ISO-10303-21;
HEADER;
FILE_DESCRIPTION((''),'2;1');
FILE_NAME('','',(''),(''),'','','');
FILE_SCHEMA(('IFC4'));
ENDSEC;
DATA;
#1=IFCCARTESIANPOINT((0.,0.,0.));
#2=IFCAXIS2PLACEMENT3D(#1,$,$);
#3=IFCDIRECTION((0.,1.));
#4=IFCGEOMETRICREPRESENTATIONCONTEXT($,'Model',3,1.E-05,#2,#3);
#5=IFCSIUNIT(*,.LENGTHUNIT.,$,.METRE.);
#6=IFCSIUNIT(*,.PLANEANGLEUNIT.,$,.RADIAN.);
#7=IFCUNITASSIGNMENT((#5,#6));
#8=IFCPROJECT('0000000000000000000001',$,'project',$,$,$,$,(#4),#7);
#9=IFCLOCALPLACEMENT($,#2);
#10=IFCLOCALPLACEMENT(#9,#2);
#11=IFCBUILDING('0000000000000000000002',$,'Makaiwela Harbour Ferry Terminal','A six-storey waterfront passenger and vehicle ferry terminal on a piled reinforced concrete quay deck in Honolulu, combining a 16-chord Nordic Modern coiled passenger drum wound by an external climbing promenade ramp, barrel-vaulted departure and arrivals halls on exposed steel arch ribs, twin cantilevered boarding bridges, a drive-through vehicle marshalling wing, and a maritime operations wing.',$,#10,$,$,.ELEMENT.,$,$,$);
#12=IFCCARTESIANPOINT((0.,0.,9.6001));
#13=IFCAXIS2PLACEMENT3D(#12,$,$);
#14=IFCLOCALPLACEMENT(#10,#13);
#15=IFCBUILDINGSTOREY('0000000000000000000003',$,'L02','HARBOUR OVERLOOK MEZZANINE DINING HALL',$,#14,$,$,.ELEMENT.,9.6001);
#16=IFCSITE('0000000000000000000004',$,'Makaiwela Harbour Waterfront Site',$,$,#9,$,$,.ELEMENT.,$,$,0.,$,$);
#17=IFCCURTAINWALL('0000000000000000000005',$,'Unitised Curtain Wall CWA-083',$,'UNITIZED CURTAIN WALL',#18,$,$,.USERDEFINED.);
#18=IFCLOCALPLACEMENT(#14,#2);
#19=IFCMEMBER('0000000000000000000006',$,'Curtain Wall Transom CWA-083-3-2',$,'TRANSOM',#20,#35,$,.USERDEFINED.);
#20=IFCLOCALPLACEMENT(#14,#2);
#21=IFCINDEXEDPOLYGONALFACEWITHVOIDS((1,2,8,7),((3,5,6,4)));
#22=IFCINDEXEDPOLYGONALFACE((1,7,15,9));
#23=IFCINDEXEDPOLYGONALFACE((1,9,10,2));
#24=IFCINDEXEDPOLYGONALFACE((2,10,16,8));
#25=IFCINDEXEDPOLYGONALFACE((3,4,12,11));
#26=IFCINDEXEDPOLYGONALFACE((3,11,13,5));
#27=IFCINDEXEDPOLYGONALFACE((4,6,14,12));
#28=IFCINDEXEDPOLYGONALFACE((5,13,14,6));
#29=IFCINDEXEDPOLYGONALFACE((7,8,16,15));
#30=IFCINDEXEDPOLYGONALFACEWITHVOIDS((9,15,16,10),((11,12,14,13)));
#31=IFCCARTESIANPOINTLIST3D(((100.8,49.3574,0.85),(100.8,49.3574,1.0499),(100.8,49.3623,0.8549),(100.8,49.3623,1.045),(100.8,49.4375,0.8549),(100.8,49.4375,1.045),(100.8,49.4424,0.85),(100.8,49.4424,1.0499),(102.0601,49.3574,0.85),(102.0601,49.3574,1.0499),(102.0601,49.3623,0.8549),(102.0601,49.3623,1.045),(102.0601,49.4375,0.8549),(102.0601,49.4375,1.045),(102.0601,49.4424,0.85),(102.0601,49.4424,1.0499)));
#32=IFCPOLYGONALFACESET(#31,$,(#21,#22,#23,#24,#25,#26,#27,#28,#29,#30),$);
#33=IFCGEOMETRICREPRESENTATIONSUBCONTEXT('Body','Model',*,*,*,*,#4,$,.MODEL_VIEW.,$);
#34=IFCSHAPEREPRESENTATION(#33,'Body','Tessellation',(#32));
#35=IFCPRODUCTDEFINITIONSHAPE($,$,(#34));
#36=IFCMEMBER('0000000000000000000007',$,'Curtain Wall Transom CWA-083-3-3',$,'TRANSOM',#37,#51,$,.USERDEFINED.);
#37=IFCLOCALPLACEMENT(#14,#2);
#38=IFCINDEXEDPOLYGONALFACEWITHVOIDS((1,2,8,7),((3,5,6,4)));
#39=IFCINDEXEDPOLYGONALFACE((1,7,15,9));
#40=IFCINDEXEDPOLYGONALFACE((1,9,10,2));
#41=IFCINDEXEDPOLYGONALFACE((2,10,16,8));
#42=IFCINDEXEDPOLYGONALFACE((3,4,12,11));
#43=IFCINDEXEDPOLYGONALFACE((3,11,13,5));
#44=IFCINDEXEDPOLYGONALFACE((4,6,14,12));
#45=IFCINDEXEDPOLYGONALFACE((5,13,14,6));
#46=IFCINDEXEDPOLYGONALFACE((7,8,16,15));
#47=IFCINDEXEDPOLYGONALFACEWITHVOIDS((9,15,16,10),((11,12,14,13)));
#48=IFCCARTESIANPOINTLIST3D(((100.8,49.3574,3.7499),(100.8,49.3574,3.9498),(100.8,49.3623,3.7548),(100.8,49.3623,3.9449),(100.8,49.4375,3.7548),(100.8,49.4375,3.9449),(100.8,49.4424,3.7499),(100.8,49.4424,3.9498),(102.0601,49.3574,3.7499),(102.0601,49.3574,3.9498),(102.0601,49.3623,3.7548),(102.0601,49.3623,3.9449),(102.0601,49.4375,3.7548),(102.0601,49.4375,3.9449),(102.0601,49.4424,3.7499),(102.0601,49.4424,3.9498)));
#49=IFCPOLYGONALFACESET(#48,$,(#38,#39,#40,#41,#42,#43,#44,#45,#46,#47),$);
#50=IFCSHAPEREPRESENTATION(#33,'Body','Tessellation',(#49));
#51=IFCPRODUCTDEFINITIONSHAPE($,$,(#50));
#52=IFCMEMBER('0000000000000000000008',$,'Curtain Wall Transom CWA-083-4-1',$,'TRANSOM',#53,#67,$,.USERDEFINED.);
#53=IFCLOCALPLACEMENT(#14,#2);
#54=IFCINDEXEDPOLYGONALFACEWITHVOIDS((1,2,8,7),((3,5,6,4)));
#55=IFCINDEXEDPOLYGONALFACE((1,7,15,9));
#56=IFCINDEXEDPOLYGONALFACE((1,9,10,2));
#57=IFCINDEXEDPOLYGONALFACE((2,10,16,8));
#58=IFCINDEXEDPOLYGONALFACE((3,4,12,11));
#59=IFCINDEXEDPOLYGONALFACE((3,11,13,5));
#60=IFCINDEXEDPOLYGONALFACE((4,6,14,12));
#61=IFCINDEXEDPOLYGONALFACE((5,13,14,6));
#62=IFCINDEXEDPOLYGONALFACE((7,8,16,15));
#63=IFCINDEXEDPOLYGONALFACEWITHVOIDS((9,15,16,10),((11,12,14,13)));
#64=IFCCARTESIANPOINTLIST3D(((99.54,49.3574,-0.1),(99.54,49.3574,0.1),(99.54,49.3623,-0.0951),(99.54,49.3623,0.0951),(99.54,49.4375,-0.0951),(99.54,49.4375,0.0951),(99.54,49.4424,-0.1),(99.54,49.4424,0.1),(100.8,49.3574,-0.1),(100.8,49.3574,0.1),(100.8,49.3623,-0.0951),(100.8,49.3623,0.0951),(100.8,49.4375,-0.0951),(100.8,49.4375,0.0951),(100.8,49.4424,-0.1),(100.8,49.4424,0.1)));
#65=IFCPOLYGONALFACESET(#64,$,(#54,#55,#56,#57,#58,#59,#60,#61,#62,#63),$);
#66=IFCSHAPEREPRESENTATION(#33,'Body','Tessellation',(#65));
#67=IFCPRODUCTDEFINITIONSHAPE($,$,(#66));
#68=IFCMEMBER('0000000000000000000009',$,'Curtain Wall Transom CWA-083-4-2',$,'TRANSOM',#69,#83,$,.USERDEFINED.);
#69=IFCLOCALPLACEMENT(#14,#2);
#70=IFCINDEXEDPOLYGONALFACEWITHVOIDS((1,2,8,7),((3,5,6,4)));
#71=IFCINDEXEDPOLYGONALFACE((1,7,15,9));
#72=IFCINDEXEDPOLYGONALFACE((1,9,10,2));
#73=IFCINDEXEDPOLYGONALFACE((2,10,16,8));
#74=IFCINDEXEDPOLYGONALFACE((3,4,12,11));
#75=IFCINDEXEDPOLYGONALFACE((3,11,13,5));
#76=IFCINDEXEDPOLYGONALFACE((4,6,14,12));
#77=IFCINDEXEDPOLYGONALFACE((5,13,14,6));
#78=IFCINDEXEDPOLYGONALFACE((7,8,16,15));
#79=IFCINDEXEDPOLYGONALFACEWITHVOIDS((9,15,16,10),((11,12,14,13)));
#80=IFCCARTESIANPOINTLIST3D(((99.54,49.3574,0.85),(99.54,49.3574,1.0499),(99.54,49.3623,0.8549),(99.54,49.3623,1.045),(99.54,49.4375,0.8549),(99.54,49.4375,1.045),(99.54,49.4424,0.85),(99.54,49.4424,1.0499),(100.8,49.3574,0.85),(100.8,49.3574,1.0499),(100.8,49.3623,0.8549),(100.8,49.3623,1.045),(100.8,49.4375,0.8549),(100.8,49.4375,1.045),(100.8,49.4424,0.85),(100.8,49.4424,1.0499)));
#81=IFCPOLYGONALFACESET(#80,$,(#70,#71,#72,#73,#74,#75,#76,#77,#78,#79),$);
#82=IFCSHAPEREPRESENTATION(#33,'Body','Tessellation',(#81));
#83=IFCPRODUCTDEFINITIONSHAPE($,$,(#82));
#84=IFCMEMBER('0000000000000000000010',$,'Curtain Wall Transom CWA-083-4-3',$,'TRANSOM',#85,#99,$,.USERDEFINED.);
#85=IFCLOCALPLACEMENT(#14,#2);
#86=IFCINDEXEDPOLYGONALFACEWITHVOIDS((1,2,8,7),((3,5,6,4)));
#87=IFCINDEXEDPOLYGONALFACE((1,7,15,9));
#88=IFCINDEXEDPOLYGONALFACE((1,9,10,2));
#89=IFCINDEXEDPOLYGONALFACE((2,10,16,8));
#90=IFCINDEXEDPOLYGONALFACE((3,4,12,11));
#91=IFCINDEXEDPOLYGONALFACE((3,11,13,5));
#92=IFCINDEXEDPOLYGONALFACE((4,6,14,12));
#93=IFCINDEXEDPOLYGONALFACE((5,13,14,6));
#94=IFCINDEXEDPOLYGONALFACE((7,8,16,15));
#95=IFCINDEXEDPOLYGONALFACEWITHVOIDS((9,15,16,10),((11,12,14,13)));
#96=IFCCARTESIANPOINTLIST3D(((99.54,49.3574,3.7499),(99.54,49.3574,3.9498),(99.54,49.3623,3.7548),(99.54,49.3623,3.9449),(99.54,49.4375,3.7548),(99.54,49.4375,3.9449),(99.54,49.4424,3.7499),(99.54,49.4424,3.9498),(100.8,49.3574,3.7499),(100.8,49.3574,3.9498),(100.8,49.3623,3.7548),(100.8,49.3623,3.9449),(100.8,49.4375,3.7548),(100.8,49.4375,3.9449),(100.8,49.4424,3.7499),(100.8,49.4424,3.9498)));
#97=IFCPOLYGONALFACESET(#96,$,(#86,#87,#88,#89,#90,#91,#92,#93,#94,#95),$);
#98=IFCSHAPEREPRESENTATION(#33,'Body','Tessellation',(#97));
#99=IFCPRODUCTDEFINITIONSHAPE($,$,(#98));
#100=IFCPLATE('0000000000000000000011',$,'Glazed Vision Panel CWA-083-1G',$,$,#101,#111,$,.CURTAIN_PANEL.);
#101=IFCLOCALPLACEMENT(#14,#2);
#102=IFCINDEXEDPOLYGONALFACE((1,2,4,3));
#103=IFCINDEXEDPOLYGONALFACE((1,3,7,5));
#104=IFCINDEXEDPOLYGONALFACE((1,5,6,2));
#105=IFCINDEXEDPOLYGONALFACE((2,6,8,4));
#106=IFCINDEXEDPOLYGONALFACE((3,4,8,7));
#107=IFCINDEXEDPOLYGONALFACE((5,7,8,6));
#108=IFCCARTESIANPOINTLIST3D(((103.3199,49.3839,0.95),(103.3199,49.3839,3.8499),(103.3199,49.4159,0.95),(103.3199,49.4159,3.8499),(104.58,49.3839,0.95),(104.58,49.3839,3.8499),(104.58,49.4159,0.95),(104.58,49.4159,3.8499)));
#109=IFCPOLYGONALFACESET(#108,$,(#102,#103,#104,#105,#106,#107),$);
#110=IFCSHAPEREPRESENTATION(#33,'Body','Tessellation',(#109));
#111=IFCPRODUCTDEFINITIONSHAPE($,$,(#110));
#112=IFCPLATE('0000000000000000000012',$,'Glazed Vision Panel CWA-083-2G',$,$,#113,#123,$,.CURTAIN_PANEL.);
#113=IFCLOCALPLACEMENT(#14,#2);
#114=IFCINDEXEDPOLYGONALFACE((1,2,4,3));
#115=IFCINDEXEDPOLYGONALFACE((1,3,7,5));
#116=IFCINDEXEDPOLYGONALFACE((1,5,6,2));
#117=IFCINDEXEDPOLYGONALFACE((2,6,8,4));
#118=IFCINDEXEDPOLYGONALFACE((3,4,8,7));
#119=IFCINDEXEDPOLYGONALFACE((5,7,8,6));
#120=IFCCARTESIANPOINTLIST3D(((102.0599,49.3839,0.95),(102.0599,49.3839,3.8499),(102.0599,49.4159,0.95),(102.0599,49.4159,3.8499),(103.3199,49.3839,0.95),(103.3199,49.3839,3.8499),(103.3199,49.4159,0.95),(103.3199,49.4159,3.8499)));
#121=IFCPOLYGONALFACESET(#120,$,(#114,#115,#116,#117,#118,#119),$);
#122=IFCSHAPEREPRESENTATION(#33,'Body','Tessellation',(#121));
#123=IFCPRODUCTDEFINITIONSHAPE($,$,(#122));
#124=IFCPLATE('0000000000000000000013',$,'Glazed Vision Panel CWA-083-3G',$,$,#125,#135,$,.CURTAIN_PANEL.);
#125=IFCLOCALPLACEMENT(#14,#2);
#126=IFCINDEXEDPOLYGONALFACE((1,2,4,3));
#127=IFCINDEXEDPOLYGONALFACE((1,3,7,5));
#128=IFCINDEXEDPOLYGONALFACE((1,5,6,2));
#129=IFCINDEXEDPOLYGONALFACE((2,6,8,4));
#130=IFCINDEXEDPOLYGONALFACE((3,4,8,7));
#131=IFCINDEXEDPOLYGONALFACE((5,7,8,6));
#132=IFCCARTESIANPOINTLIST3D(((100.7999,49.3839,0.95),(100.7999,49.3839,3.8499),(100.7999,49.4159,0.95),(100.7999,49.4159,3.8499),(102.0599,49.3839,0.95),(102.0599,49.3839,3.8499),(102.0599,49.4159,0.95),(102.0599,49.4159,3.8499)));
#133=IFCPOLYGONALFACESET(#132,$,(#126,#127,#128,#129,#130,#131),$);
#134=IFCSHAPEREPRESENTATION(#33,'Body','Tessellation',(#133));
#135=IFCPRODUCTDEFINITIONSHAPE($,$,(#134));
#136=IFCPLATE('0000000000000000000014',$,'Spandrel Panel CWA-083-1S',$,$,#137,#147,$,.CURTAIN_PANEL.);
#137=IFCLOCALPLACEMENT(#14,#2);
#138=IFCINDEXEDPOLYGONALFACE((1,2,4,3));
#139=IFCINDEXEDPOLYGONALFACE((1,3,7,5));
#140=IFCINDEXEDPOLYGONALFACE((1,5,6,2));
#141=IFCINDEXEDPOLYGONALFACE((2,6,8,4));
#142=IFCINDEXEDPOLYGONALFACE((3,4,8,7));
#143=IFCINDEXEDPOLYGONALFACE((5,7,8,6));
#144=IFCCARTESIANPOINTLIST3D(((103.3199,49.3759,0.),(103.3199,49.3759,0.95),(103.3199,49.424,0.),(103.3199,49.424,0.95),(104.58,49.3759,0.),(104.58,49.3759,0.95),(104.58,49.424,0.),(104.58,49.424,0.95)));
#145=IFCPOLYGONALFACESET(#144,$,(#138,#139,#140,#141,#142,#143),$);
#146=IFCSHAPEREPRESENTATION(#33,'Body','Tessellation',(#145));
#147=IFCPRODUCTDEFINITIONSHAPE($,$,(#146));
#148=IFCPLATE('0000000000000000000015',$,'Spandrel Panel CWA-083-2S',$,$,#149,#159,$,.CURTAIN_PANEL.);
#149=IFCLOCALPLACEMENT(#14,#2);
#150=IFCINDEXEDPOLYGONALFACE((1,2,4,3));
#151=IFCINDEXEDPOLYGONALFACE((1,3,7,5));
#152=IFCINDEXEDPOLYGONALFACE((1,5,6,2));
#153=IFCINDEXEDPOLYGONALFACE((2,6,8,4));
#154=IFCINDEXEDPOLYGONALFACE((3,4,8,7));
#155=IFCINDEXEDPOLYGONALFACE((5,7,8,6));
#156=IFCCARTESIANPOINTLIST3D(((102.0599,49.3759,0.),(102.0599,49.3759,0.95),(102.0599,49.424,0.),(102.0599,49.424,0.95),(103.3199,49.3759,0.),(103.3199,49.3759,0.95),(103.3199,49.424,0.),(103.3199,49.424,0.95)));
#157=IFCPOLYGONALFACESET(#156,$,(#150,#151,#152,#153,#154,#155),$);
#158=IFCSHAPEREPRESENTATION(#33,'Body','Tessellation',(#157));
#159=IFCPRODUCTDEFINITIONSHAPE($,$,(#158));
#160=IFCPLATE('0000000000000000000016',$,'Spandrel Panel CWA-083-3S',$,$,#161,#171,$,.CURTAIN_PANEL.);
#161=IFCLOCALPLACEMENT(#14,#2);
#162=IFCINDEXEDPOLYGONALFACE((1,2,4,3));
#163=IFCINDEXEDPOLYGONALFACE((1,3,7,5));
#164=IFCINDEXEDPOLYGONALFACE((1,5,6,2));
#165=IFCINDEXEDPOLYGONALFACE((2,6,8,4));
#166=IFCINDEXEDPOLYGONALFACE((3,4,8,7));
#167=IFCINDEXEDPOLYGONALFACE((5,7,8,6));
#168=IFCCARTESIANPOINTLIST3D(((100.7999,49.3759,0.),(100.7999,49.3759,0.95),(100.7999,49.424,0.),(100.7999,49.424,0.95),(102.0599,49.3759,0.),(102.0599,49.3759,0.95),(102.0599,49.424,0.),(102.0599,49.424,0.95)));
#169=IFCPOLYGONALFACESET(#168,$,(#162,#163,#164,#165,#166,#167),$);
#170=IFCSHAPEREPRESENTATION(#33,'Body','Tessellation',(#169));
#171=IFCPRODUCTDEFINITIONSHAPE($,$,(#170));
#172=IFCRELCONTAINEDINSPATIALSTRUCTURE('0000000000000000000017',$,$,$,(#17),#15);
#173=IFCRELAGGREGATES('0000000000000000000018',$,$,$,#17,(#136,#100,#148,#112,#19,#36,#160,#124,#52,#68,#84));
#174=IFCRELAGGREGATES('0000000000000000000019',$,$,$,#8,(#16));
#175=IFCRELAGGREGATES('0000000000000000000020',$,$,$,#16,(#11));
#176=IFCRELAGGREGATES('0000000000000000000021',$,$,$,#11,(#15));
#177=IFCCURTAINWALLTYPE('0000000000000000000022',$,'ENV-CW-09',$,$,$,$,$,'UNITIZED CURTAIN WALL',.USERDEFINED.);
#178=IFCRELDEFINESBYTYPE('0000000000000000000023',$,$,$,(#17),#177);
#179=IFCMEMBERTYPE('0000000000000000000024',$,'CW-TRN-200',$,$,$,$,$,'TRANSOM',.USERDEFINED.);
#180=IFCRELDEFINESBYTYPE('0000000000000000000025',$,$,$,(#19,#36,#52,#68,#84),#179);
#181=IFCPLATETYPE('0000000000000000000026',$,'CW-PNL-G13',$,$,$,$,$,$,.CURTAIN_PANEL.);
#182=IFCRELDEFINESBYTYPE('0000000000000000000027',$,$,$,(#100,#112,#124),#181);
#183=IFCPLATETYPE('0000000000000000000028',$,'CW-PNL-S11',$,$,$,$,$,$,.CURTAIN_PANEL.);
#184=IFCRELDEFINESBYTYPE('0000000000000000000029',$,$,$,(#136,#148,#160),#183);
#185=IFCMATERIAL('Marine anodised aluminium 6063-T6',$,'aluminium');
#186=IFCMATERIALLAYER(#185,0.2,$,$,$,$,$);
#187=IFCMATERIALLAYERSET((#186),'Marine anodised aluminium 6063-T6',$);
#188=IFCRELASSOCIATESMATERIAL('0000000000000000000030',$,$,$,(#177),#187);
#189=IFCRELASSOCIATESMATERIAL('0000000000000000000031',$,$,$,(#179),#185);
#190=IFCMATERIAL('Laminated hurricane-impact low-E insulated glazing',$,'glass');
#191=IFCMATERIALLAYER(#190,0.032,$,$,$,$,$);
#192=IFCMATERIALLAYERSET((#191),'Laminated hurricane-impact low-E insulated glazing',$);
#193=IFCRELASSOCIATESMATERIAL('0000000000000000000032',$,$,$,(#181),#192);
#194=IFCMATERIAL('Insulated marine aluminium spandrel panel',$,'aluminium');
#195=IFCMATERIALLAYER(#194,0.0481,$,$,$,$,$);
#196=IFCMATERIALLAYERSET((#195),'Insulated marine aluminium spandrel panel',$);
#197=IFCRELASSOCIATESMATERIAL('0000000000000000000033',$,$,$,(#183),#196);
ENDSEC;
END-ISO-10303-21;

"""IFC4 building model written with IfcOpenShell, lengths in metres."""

from ifc_helpers import new_model, si_unit, direction, frame, origin, origin_2d, place, context, subcontext, project, spatial, rectangle, hollow_rectangle, extrude, material, layer, layer_set, material_profile, profile_set, type_object, element, aggregate, save


model = new_model("IFC4")

# Units and contexts
model_context = context("Model", 3, precision=1e-05, world=origin(), true_north=direction((0.0, 1.0)))
body_context = subcontext(model_context, "Body", "Model", "MODEL_VIEW")
ifc_project = project(units=[si_unit("LENGTHUNIT", "METRE"), si_unit("PLANEANGLEUNIT", "RADIAN")], contexts=[model_context])

# Site, building, storey
site_placement = place(None, origin())
site = spatial("IfcSite", under=ifc_project, at=site_placement, Name="Makaiwela Harbour Waterfront Site", CompositionType="ELEMENT", RefElevation=0.0)
building_placement = place(site_placement, origin())
building = spatial("IfcBuilding", under=site, at=building_placement, Name="Makaiwela Harbour Ferry Terminal", Description="A six-storey waterfront passenger and vehicle ferry terminal on a piled reinforced concrete quay deck in Honolulu, combining a 16-chord Nordic Modern coiled passenger drum wound by an external climbing promenade ramp, barrel-vaulted departure and arrivals halls on exposed steel arch ribs, twin cantilevered boarding bridges, a drive-through vehicle marshalling wing, and a maritime operations wing.", CompositionType="ELEMENT")
storey_placement = place(building_placement, frame((0.0, 0.0, 9.6001)))
storey = spatial("IfcBuildingStorey", under=building, at=storey_placement, Name="L02", Description="HARBOUR OVERLOOK MEZZANINE DINING HALL", CompositionType="ELEMENT", Elevation=9.6001)

# Curtain wall, members, plates
ifc_material_1 = material(Name="Marine anodised aluminium 6063-T6", Category="aluminium")
ifc_layer_1 = layer(ifc_material_1, 0.2)
ifc_layer_set_1 = layer_set([ifc_layer_1], Name="Marine anodised aluminium 6063-T6")
curtain_wall_type = type_object("IfcCurtainWallType", Name="ENV-CW-09", ElementType="UNITIZED CURTAIN WALL", PredefinedType="USERDEFINED", material=ifc_layer_set_1)
curtain_wall_placement = place(storey_placement, origin())
curtain_wall = element("IfcCurtainWall", 1, at=curtain_wall_placement, inside=storey, type_object=curtain_wall_type, Name="Unitised Curtain Wall CWA-083", ObjectType="UNITIZED CURTAIN WALL", PredefinedType="USERDEFINED")
ifc_material_profile_1 = material_profile(ifc_material_1, hollow_rectangle(XDim=0.085, YDim=0.2, WallThickness=0.0049, at=origin_2d()), Name="CWT-200X85")
ifc_profile_set_1 = profile_set([ifc_material_profile_1], Name="Marine anodised aluminium 6063-T6")
member_type_1 = type_object("IfcMemberType", Name="CW-TRN-200", ElementType="TRANSOM", PredefinedType="USERDEFINED", material=ifc_profile_set_1)
member_1_placement = place(storey_placement, frame((102.0601, 49.3999, 0.95), z_axis=(-1.0, 0.0, 0.0), x_axis=(0.0, -1.0, 0.0)))
member_1 = element("IfcMember", 2, at=member_1_placement, type_object=member_type_1, Name="Curtain Wall Transom CWA-083-3-2", ObjectType="TRANSOM", PredefinedType="USERDEFINED", context=body_context, shape_type="SweptSolid", body=[
    extrude(hollow_rectangle(XDim=0.085, YDim=0.2, WallThickness=0.0049, at=origin_2d()), origin(), (0.0, 0.0, 1.0), 1.26),
])
member_2_placement = place(storey_placement, frame((102.0601, 49.3999, 3.8499), z_axis=(-1.0, 0.0, 0.0), x_axis=(0.0, -1.0, 0.0)))
member_2 = element("IfcMember", 3, at=member_2_placement, type_object=member_type_1, Name="Curtain Wall Transom CWA-083-3-3", ObjectType="TRANSOM", PredefinedType="USERDEFINED", context=body_context, shape_type="SweptSolid", body=[
    extrude(hollow_rectangle(XDim=0.085, YDim=0.2, WallThickness=0.0049, at=origin_2d()), origin(), (0.0, 0.0, 1.0), 1.26),
])
member_3_placement = place(storey_placement, frame((100.8, 49.3999, 0.0), z_axis=(-1.0, 0.0, 0.0), x_axis=(0.0, -1.0, 0.0)))
member_3 = element("IfcMember", 4, at=member_3_placement, type_object=member_type_1, Name="Curtain Wall Transom CWA-083-4-1", ObjectType="TRANSOM", PredefinedType="USERDEFINED", context=body_context, shape_type="SweptSolid", body=[
    extrude(hollow_rectangle(XDim=0.085, YDim=0.2, WallThickness=0.0049, at=origin_2d()), origin(), (0.0, 0.0, 1.0), 1.26),
])
member_4_placement = place(storey_placement, frame((100.8, 49.3999, 0.95), z_axis=(-1.0, 0.0, 0.0), x_axis=(0.0, -1.0, 0.0)))
member_4 = element("IfcMember", 5, at=member_4_placement, type_object=member_type_1, Name="Curtain Wall Transom CWA-083-4-2", ObjectType="TRANSOM", PredefinedType="USERDEFINED", context=body_context, shape_type="SweptSolid", body=[
    extrude(hollow_rectangle(XDim=0.085, YDim=0.2, WallThickness=0.0049, at=origin_2d()), origin(), (0.0, 0.0, 1.0), 1.26),
])
member_5_placement = place(storey_placement, frame((100.8, 49.3999, 3.8499), z_axis=(-1.0, 0.0, 0.0), x_axis=(0.0, -1.0, 0.0)))
member_5 = element("IfcMember", 6, at=member_5_placement, type_object=member_type_1, Name="Curtain Wall Transom CWA-083-4-3", ObjectType="TRANSOM", PredefinedType="USERDEFINED", context=body_context, shape_type="SweptSolid", body=[
    extrude(hollow_rectangle(XDim=0.085, YDim=0.2, WallThickness=0.0049, at=origin_2d()), origin(), (0.0, 0.0, 1.0), 1.26),
])
ifc_material_2 = material(Name="Laminated hurricane-impact low-E insulated glazing", Category="glass")
ifc_layer_2 = layer(ifc_material_2, 0.032)
ifc_layer_set_2 = layer_set([ifc_layer_2], Name="Laminated hurricane-impact low-E insulated glazing")
plate_type_1 = type_object("IfcPlateType", Name="CW-PNL-G13", PredefinedType="CURTAIN_PANEL", material=ifc_layer_set_2)
plate_1_placement = place(storey_placement, frame((103.95, 49.3999, 0.95), z_axis=(0.0, 0.0, 1.0), x_axis=(-1.0, 0.0, 0.0)))
plate_1 = element("IfcPlate", 7, at=plate_1_placement, type_object=plate_type_1, Name="Glazed Vision Panel CWA-083-1G", PredefinedType="CURTAIN_PANEL", context=body_context, shape_type="SweptSolid", body=[
    extrude(rectangle(XDim=1.26, YDim=0.032, at=origin_2d()), origin(), (0.0, 0.0, 1.0), 2.8999),
])
plate_2_placement = place(storey_placement, frame((102.6899, 49.3999, 0.95), z_axis=(0.0, 0.0, 1.0), x_axis=(-1.0, 0.0, 0.0)))
plate_2 = element("IfcPlate", 8, at=plate_2_placement, type_object=plate_type_1, Name="Glazed Vision Panel CWA-083-2G", PredefinedType="CURTAIN_PANEL", context=body_context, shape_type="SweptSolid", body=[
    extrude(rectangle(XDim=1.26, YDim=0.032, at=origin_2d()), origin(), (0.0, 0.0, 1.0), 2.8999),
])
plate_3_placement = place(storey_placement, frame((101.4299, 49.3999, 0.95), z_axis=(0.0, 0.0, 1.0), x_axis=(-1.0, 0.0, 0.0)))
plate_3 = element("IfcPlate", 9, at=plate_3_placement, type_object=plate_type_1, Name="Glazed Vision Panel CWA-083-3G", PredefinedType="CURTAIN_PANEL", context=body_context, shape_type="SweptSolid", body=[
    extrude(rectangle(XDim=1.26, YDim=0.032, at=origin_2d()), origin(), (0.0, 0.0, 1.0), 2.8999),
])
ifc_material_3 = material(Name="Insulated marine aluminium spandrel panel", Category="aluminium")
ifc_layer_3 = layer(ifc_material_3, 0.0481)
ifc_layer_set_3 = layer_set([ifc_layer_3], Name="Insulated marine aluminium spandrel panel")
plate_type_2 = type_object("IfcPlateType", Name="CW-PNL-S11", PredefinedType="CURTAIN_PANEL", material=ifc_layer_set_3)
plate_4_placement = place(storey_placement, frame((103.95, 49.3999, 0.0), z_axis=(0.0, 0.0, 1.0), x_axis=(-1.0, 0.0, 0.0)))
plate_4 = element("IfcPlate", 10, at=plate_4_placement, type_object=plate_type_2, Name="Spandrel Panel CWA-083-1S", PredefinedType="CURTAIN_PANEL", context=body_context, shape_type="SweptSolid", body=[
    extrude(rectangle(XDim=1.26, YDim=0.0481, at=origin_2d()), origin(), (0.0, 0.0, 1.0), 0.95),
])
plate_5_placement = place(storey_placement, frame((102.6899, 49.3999, 0.0), z_axis=(0.0, 0.0, 1.0), x_axis=(-1.0, 0.0, 0.0)))
plate_5 = element("IfcPlate", 11, at=plate_5_placement, type_object=plate_type_2, Name="Spandrel Panel CWA-083-2S", PredefinedType="CURTAIN_PANEL", context=body_context, shape_type="SweptSolid", body=[
    extrude(rectangle(XDim=1.26, YDim=0.0481, at=origin_2d()), origin(), (0.0, 0.0, 1.0), 0.95),
])
plate_6_placement = place(storey_placement, frame((101.4299, 49.3999, 0.0), z_axis=(0.0, 0.0, 1.0), x_axis=(-1.0, 0.0, 0.0)))
plate_6 = element("IfcPlate", 12, at=plate_6_placement, type_object=plate_type_2, Name="Spandrel Panel CWA-083-3S", PredefinedType="CURTAIN_PANEL", context=body_context, shape_type="SweptSolid", body=[
    extrude(rectangle(XDim=1.26, YDim=0.0481, at=origin_2d()), origin(), (0.0, 0.0, 1.0), 0.95),
])
aggregate(curtain_wall, [plate_4, plate_1, plate_5, plate_2, member_1, member_2, plate_6, plate_3, member_3, member_4, member_5])

save(model, "model.ifc")
